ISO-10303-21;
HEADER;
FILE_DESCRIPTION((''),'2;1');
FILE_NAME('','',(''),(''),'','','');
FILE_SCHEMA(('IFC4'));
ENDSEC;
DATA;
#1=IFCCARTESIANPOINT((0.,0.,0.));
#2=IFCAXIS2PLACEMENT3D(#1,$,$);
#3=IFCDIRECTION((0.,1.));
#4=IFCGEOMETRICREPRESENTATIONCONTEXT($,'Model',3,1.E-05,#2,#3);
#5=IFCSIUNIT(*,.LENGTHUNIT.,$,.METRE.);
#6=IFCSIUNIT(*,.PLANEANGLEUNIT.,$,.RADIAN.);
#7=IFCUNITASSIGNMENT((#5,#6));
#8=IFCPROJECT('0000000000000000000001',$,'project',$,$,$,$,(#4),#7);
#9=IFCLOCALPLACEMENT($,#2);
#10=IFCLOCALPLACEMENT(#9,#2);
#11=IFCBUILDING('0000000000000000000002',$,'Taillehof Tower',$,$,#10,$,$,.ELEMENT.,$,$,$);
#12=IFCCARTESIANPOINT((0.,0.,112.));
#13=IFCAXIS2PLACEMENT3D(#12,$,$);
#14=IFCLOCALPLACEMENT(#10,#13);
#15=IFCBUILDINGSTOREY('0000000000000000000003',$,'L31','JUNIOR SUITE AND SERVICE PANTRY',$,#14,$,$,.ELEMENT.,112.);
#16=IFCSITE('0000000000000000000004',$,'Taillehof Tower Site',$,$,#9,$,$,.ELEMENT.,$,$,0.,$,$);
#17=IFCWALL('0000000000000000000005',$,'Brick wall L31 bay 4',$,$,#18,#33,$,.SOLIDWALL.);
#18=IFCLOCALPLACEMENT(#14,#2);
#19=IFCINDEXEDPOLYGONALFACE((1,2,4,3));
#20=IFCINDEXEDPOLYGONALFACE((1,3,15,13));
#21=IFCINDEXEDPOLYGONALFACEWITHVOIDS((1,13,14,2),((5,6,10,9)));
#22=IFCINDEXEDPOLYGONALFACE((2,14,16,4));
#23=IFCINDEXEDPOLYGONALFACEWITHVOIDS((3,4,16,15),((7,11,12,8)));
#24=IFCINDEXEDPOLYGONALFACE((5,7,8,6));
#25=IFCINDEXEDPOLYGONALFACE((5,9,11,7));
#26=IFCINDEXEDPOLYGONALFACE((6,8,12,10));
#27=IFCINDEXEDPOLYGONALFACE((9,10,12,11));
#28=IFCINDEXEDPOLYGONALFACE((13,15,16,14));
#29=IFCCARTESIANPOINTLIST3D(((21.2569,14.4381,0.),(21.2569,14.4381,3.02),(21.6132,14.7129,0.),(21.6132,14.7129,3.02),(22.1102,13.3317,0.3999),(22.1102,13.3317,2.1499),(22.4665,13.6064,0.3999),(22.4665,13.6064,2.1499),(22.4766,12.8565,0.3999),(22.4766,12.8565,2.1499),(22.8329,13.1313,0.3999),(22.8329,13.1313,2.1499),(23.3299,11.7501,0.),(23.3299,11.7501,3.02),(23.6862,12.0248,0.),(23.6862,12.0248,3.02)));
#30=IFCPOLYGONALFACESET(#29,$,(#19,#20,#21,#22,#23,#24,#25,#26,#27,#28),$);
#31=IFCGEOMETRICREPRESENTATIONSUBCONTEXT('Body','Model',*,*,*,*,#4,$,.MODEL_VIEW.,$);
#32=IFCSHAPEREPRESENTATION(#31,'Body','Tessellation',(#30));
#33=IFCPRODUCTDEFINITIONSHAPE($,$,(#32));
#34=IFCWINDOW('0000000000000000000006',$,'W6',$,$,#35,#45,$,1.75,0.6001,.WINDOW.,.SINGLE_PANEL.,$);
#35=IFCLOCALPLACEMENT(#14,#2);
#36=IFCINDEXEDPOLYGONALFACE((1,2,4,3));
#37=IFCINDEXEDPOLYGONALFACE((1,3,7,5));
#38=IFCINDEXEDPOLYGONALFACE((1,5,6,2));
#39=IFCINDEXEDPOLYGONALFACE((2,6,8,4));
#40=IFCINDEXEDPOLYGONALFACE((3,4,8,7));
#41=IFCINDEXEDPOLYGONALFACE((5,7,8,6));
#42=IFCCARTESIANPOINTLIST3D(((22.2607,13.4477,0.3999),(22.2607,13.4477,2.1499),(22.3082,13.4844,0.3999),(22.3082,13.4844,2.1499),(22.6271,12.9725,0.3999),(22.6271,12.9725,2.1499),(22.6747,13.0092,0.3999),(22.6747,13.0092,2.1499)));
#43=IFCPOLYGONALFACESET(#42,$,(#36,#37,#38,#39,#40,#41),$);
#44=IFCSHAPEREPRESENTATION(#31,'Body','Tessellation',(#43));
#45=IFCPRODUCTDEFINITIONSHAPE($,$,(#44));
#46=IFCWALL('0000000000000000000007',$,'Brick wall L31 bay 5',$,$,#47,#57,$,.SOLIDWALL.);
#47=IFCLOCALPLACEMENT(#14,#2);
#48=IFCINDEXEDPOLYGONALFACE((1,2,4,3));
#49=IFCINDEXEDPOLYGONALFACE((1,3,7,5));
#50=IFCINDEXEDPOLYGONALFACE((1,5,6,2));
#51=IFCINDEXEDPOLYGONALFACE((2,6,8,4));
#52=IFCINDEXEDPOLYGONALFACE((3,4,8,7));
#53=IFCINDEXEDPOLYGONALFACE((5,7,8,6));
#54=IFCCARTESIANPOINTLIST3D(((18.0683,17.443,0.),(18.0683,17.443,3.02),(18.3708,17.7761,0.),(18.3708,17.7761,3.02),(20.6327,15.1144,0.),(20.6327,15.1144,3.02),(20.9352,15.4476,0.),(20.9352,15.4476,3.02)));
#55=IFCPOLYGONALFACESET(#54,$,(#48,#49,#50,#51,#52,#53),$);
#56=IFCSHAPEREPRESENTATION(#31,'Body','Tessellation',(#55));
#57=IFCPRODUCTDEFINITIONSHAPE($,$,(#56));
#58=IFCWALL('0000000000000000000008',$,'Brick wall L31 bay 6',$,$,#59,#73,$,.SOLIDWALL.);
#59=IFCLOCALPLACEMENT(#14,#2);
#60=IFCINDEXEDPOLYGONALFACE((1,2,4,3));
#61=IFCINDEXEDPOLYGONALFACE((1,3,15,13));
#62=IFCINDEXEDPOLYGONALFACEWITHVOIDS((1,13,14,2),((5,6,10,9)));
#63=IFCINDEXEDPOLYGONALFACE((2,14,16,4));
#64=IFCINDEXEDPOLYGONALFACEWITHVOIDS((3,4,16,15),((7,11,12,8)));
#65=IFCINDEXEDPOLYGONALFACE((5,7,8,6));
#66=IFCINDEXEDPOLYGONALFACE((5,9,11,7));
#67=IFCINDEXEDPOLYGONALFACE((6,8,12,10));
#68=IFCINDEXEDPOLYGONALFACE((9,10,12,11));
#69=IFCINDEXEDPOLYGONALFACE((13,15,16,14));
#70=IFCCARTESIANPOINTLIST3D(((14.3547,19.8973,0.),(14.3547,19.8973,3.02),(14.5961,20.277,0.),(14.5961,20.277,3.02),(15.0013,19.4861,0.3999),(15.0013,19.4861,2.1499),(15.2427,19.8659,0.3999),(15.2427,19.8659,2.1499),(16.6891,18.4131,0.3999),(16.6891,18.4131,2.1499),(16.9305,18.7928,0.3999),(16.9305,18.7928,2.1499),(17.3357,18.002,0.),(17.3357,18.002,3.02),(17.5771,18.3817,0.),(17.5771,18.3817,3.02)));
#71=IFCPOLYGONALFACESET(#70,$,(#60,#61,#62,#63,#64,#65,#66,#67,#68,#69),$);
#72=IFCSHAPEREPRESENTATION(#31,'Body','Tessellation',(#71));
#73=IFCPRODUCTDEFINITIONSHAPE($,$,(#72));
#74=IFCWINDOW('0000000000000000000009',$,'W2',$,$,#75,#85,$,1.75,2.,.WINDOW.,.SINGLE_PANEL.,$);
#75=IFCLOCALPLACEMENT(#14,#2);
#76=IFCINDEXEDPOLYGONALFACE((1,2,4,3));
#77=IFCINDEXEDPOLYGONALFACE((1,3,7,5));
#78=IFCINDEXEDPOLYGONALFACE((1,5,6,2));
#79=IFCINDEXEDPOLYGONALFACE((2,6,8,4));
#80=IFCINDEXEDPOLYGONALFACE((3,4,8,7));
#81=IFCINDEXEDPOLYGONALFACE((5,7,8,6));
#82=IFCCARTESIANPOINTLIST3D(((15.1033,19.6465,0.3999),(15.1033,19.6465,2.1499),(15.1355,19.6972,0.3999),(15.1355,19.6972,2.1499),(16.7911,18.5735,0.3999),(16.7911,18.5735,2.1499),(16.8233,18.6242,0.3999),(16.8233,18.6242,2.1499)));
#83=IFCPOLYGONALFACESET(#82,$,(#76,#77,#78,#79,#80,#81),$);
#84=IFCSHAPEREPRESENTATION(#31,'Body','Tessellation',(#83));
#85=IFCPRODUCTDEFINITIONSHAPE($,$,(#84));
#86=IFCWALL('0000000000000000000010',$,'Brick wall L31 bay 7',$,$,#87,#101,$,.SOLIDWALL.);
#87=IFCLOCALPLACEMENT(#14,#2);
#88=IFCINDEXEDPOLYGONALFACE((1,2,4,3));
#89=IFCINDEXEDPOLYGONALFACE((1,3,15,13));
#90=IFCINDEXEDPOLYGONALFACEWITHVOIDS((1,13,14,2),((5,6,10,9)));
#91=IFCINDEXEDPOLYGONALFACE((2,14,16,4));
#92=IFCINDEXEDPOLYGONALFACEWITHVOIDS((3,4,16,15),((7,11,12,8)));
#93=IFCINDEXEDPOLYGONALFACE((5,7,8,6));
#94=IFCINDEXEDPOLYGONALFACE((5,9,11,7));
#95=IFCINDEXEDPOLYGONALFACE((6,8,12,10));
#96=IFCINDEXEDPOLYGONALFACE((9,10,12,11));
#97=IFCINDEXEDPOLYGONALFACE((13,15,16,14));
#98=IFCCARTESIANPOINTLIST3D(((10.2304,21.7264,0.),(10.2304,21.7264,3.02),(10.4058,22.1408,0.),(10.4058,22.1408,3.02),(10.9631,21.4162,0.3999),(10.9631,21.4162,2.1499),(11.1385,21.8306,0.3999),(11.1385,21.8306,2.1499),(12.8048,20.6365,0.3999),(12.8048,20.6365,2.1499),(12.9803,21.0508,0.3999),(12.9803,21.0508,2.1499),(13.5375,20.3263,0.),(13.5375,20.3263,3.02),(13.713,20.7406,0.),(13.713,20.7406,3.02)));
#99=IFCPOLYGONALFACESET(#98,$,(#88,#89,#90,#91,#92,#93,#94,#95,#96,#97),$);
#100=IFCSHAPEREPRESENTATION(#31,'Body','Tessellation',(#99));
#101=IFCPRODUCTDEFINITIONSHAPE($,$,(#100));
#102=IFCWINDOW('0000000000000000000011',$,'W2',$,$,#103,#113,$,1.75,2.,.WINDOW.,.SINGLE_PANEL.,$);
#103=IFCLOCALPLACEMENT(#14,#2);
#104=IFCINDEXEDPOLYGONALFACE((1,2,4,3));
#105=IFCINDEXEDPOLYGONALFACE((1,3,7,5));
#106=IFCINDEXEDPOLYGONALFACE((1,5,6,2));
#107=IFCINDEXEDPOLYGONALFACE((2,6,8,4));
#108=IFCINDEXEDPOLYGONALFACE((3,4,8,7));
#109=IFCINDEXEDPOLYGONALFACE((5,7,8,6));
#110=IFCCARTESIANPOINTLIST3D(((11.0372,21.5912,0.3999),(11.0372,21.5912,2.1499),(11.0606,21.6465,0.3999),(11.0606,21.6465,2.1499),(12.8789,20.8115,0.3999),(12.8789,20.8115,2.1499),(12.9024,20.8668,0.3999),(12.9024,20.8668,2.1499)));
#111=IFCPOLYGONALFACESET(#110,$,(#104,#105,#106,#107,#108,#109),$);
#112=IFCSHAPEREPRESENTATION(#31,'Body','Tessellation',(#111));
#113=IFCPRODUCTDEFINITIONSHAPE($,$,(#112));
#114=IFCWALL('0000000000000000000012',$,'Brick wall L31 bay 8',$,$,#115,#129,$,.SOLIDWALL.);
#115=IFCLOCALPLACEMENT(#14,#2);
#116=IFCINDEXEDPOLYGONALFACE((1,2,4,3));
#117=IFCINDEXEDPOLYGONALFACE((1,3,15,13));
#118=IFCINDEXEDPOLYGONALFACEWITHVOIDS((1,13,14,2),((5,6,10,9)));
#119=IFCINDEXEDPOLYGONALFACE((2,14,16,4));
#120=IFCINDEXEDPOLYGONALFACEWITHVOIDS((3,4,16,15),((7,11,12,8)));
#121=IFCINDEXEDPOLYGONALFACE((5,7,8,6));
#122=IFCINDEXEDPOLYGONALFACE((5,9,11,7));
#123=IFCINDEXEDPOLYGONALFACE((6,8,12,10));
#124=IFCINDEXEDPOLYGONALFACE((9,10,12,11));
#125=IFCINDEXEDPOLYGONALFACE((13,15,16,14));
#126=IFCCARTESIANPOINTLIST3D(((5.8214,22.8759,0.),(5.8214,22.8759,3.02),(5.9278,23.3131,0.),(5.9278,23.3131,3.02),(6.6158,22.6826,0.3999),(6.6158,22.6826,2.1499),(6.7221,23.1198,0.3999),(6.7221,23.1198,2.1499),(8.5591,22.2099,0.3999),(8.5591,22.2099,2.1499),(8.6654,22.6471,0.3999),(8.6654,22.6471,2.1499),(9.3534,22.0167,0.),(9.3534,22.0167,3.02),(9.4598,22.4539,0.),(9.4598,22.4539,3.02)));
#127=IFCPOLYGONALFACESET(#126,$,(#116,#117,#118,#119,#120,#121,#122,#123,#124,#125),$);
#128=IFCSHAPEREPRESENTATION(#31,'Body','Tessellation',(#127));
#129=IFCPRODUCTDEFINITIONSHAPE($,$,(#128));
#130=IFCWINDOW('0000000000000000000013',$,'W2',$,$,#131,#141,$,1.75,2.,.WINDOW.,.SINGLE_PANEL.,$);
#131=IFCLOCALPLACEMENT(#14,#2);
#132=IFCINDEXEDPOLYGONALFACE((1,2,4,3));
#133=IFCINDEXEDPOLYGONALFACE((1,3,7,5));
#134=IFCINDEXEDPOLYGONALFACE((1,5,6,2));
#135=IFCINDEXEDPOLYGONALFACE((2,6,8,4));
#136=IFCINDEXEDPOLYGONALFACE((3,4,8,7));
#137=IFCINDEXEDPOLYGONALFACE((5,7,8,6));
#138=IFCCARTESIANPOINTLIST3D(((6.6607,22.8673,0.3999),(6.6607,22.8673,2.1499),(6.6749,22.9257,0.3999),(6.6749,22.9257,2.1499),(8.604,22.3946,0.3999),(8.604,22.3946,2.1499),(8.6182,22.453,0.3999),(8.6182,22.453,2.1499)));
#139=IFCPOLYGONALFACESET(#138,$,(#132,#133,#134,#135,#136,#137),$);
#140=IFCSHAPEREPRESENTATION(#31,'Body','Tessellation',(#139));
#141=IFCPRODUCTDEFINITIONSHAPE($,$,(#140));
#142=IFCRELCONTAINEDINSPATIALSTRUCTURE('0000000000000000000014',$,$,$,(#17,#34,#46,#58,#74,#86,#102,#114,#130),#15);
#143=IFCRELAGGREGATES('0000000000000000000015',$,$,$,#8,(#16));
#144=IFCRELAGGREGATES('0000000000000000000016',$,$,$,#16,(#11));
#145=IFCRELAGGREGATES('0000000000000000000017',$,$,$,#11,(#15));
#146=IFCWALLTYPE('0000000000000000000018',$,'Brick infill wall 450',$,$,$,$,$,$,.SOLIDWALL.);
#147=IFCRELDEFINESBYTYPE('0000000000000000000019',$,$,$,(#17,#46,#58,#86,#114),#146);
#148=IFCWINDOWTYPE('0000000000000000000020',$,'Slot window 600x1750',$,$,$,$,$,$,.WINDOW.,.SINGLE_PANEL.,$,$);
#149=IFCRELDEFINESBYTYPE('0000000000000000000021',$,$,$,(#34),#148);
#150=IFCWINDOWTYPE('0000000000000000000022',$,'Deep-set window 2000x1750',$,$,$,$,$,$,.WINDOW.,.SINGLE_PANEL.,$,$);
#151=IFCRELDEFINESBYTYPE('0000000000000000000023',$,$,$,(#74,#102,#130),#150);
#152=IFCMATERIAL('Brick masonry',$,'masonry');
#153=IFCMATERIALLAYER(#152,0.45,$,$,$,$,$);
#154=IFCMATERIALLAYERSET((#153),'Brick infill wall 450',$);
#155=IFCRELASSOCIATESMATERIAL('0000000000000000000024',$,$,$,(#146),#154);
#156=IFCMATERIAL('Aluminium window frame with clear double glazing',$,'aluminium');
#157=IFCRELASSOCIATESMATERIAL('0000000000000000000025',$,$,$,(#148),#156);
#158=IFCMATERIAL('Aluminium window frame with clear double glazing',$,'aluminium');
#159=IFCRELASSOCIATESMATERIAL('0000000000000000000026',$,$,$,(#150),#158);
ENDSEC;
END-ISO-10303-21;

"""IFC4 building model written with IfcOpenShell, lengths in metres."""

from ifc_helpers import new_model, si_unit, direction, frame, frame_2d, origin, place, context, subcontext, project, spatial, rectangle, extrude, material, layer, layer_set, type_object, element, fill, save


model = new_model("IFC4")

# Units and contexts
model_context = context("Model", 3, precision=1e-05, world=origin(), true_north=direction((0.0, 1.0)))
body_context = subcontext(model_context, "Body", "Model", "MODEL_VIEW")
ifc_project = project(units=[si_unit("LENGTHUNIT", "METRE"), si_unit("PLANEANGLEUNIT", "RADIAN")], contexts=[model_context])

# Site, building, storey
site_placement = place(None, origin())
site = spatial("IfcSite", under=ifc_project, at=site_placement, Name="Taillehof Tower Site", CompositionType="ELEMENT", RefElevation=0.0)
building_placement = place(site_placement, origin())
building = spatial("IfcBuilding", under=site, at=building_placement, Name="Taillehof Tower", CompositionType="ELEMENT")
storey_placement = place(building_placement, frame((0.0, 0.0, 112.0)))
storey = spatial("IfcBuildingStorey", under=building, at=storey_placement, Name="L31", Description="JUNIOR SUITE AND SERVICE PANTRY", CompositionType="ELEMENT", Elevation=112.0)

# Wall, opening, window
ifc_material_1 = material(Name="Brick masonry", Category="masonry")
ifc_layer_1 = layer(ifc_material_1, 0.45)
ifc_layer_set_1 = layer_set([ifc_layer_1], Name="Brick infill wall 450")
wall_type_1 = type_object("IfcWallType", Name="Brick infill wall 450", PredefinedType="SOLIDWALL", material=ifc_layer_set_1)
wall_1_placement = place(storey_placement, frame((23.5081, 11.8875, 0.0), z_axis=(0.0, 0.0, 1.0), x_axis=(-0.610694, 0.791867, 0.0)))
wall_1 = element("IfcWall", 1, at=wall_1_placement, inside=storey, type_object=wall_type_1, Name="Brick wall L31 bay 4", PredefinedType="SOLIDWALL", context=body_context, shape_type="SweptSolid", body=[
    extrude(rectangle(XDim=3.3945, YDim=0.45, at=frame_2d((1.6973, 0.0))), origin(), (0.0, 0.0, 1.0), 3.02),
])
opening_1_placement = place(wall_1_placement, frame((1.3972, 0.0, 0.3999)))
opening_1 = element("IfcOpeningElement", 2, at=opening_1_placement, cuts=wall_1, PredefinedType="OPENING", context=body_context, shape_type="SweptSolid", body=[
    extrude(rectangle(XDim=0.6001, YDim=1.75, at=frame_2d((0.3, 0.875))), frame((0.0, 0.2349, 0.0), z_axis=(0.0, -1.0, 0.0), x_axis=(1.0, 0.0, 0.0)), (0.0, 0.0, 1.0), 0.47),
])
ifc_material_2 = material(Name="Aluminium window frame with clear double glazing", Category="aluminium")
window_type_1 = type_object("IfcWindowType", Name="Slot window 600x1750", PartitioningType="SINGLE_PANEL", PredefinedType="WINDOW", material=ifc_material_2)
window_1_placement = place(opening_1_placement, origin())
window_1 = element("IfcWindow", 3, at=window_1_placement, inside=storey, type_object=window_type_1, Name="W6", OverallHeight=1.75, OverallWidth=0.6001, PartitioningType="SINGLE_PANEL", PredefinedType="WINDOW", context=body_context, shape_type="SweptSolid", body=[
    extrude(rectangle(XDim=0.6001, YDim=1.75, at=frame_2d((0.3, 0.875))), frame((0.0, 0.0349, 0.0), z_axis=(0.0, -1.0, 0.0), x_axis=(1.0, 0.0, 0.0)), (0.0, 0.0, 1.0), 0.0601),
])
fill(opening_1, window_1)

# Wall
wall_2_placement = place(storey_placement, frame((20.7839, 15.281, 0.0), z_axis=(0.0, 0.0, 1.0), x_axis=(-0.740329, 0.672245, 0.0)))
element("IfcWall", 4, at=wall_2_placement, inside=storey, type_object=wall_type_1, Name="Brick wall L31 bay 5", PredefinedType="SOLIDWALL", context=body_context, shape_type="SweptSolid", body=[
    extrude(rectangle(XDim=3.4639, YDim=0.45, at=frame_2d((1.7319, 0.0))), origin(), (0.0, 0.0, 1.0), 3.02),
])

# Walls, openings, windows
wall_3_placement = place(storey_placement, frame((17.4563, 18.1919, 0.0), z_axis=(0.0, 0.0, 1.0), x_axis=(-0.843881, 0.536531, 0.0)))
wall_3 = element("IfcWall", 5, at=wall_3_placement, inside=storey, type_object=wall_type_1, Name="Brick wall L31 bay 6", PredefinedType="SOLIDWALL", context=body_context, shape_type="SweptSolid", body=[
    extrude(rectangle(XDim=3.5325, YDim=0.45, at=frame_2d((1.7661, 0.0))), origin(), (0.0, 0.0, 1.0), 3.02),
])
opening_2_placement = place(wall_3_placement, frame((0.7661, 0.0, 0.3999)))
opening_2 = element("IfcOpeningElement", 6, at=opening_2_placement, cuts=wall_3, PredefinedType="OPENING", context=body_context, shape_type="SweptSolid", body=[
    extrude(rectangle(XDim=2.0, YDim=1.75, at=frame_2d((1.0, 0.875))), frame((0.0, 0.2349, 0.0), z_axis=(0.0, -1.0, 0.0), x_axis=(1.0, 0.0, 0.0)), (0.0, 0.0, 1.0), 0.47),
])
ifc_material_3 = material(Name="Aluminium window frame with clear double glazing", Category="aluminium")
window_type_2 = type_object("IfcWindowType", Name="Deep-set window 2000x1750", PartitioningType="SINGLE_PANEL", PredefinedType="WINDOW", material=ifc_material_3)
window_2_placement = place(opening_2_placement, origin())
window_2 = element("IfcWindow", 7, at=window_2_placement, inside=storey, type_object=window_type_2, Name="W2", OverallHeight=1.75, OverallWidth=2.0, PartitioningType="SINGLE_PANEL", PredefinedType="WINDOW", context=body_context, shape_type="SweptSolid", body=[
    extrude(rectangle(XDim=2.0, YDim=1.75, at=frame_2d((1.0, 0.875))), frame((0.0, 0.0349, 0.0), z_axis=(0.0, -1.0, 0.0), x_axis=(1.0, 0.0, 0.0)), (0.0, 0.0, 1.0), 0.0601),
])
fill(opening_2, window_2)
wall_4_placement = place(storey_placement, frame((13.6252, 20.5334, 0.0), z_axis=(0.0, 0.0, 1.0), x_axis=(-0.92087, 0.389871, 0.0)))
wall_4 = element("IfcWall", 8, at=wall_4_placement, inside=storey, type_object=wall_type_1, Name="Brick wall L31 bay 7", PredefinedType="SOLIDWALL", context=body_context, shape_type="SweptSolid", body=[
    extrude(rectangle(XDim=3.5913, YDim=0.45, at=frame_2d((1.7957, 0.0))), origin(), (0.0, 0.0, 1.0), 3.02),
])
opening_3_placement = place(wall_4_placement, frame((0.7957, 0.0, 0.3999)))
opening_3 = element("IfcOpeningElement", 9, at=opening_3_placement, cuts=wall_4, PredefinedType="OPENING", context=body_context, shape_type="SweptSolid", body=[
    extrude(rectangle(XDim=2.0, YDim=1.75, at=frame_2d((1.0, 0.875))), frame((0.0, 0.2349, 0.0), z_axis=(0.0, -1.0, 0.0), x_axis=(1.0, 0.0, 0.0)), (0.0, 0.0, 1.0), 0.47),
])
window_3_placement = place(opening_3_placement, origin())
window_3 = element("IfcWindow", 10, at=window_3_placement, inside=storey, type_object=window_type_2, Name="W2", OverallHeight=1.75, OverallWidth=2.0, PartitioningType="SINGLE_PANEL", PredefinedType="WINDOW", context=body_context, shape_type="SweptSolid", body=[
    extrude(rectangle(XDim=2.0, YDim=1.75, at=frame_2d((1.0, 0.875))), frame((0.0, 0.0349, 0.0), z_axis=(0.0, -1.0, 0.0), x_axis=(1.0, 0.0, 0.0)), (0.0, 0.0, 1.0), 0.0601),
])
fill(opening_3, window_3)
wall_5_placement = place(storey_placement, frame((9.4065, 22.2354, 0.0), z_axis=(0.0, 0.0, 1.0), x_axis=(-0.971668, 0.236352, 0.0)))
wall_5 = element("IfcWall", 11, at=wall_5_placement, inside=storey, type_object=wall_type_1, Name="Brick wall L31 bay 8", PredefinedType="SOLIDWALL", context=body_context, shape_type="SweptSolid", body=[
    extrude(rectangle(XDim=3.635, YDim=0.45, at=frame_2d((1.8174, 0.0))), origin(), (0.0, 0.0, 1.0), 3.02),
])
opening_4_placement = place(wall_5_placement, frame((0.8174, 0.0, 0.3999)))
opening_4 = element("IfcOpeningElement", 12, at=opening_4_placement, cuts=wall_5, PredefinedType="OPENING", context=body_context, shape_type="SweptSolid", body=[
    extrude(rectangle(XDim=2.0, YDim=1.75, at=frame_2d((1.0, 0.875))), frame((0.0, 0.2349, 0.0), z_axis=(0.0, -1.0, 0.0), x_axis=(1.0, 0.0, 0.0)), (0.0, 0.0, 1.0), 0.47),
])
window_4_placement = place(opening_4_placement, origin())
window_4 = element("IfcWindow", 13, at=window_4_placement, inside=storey, type_object=window_type_2, Name="W2", OverallHeight=1.75, OverallWidth=2.0, PartitioningType="SINGLE_PANEL", PredefinedType="WINDOW", context=body_context, shape_type="SweptSolid", body=[
    extrude(rectangle(XDim=2.0, YDim=1.75, at=frame_2d((1.0, 0.875))), frame((0.0, 0.0349, 0.0), z_axis=(0.0, -1.0, 0.0), x_axis=(1.0, 0.0, 0.0)), (0.0, 0.0, 1.0), 0.0601),
])
fill(opening_4, window_4)

save(model, "model.ifc")
